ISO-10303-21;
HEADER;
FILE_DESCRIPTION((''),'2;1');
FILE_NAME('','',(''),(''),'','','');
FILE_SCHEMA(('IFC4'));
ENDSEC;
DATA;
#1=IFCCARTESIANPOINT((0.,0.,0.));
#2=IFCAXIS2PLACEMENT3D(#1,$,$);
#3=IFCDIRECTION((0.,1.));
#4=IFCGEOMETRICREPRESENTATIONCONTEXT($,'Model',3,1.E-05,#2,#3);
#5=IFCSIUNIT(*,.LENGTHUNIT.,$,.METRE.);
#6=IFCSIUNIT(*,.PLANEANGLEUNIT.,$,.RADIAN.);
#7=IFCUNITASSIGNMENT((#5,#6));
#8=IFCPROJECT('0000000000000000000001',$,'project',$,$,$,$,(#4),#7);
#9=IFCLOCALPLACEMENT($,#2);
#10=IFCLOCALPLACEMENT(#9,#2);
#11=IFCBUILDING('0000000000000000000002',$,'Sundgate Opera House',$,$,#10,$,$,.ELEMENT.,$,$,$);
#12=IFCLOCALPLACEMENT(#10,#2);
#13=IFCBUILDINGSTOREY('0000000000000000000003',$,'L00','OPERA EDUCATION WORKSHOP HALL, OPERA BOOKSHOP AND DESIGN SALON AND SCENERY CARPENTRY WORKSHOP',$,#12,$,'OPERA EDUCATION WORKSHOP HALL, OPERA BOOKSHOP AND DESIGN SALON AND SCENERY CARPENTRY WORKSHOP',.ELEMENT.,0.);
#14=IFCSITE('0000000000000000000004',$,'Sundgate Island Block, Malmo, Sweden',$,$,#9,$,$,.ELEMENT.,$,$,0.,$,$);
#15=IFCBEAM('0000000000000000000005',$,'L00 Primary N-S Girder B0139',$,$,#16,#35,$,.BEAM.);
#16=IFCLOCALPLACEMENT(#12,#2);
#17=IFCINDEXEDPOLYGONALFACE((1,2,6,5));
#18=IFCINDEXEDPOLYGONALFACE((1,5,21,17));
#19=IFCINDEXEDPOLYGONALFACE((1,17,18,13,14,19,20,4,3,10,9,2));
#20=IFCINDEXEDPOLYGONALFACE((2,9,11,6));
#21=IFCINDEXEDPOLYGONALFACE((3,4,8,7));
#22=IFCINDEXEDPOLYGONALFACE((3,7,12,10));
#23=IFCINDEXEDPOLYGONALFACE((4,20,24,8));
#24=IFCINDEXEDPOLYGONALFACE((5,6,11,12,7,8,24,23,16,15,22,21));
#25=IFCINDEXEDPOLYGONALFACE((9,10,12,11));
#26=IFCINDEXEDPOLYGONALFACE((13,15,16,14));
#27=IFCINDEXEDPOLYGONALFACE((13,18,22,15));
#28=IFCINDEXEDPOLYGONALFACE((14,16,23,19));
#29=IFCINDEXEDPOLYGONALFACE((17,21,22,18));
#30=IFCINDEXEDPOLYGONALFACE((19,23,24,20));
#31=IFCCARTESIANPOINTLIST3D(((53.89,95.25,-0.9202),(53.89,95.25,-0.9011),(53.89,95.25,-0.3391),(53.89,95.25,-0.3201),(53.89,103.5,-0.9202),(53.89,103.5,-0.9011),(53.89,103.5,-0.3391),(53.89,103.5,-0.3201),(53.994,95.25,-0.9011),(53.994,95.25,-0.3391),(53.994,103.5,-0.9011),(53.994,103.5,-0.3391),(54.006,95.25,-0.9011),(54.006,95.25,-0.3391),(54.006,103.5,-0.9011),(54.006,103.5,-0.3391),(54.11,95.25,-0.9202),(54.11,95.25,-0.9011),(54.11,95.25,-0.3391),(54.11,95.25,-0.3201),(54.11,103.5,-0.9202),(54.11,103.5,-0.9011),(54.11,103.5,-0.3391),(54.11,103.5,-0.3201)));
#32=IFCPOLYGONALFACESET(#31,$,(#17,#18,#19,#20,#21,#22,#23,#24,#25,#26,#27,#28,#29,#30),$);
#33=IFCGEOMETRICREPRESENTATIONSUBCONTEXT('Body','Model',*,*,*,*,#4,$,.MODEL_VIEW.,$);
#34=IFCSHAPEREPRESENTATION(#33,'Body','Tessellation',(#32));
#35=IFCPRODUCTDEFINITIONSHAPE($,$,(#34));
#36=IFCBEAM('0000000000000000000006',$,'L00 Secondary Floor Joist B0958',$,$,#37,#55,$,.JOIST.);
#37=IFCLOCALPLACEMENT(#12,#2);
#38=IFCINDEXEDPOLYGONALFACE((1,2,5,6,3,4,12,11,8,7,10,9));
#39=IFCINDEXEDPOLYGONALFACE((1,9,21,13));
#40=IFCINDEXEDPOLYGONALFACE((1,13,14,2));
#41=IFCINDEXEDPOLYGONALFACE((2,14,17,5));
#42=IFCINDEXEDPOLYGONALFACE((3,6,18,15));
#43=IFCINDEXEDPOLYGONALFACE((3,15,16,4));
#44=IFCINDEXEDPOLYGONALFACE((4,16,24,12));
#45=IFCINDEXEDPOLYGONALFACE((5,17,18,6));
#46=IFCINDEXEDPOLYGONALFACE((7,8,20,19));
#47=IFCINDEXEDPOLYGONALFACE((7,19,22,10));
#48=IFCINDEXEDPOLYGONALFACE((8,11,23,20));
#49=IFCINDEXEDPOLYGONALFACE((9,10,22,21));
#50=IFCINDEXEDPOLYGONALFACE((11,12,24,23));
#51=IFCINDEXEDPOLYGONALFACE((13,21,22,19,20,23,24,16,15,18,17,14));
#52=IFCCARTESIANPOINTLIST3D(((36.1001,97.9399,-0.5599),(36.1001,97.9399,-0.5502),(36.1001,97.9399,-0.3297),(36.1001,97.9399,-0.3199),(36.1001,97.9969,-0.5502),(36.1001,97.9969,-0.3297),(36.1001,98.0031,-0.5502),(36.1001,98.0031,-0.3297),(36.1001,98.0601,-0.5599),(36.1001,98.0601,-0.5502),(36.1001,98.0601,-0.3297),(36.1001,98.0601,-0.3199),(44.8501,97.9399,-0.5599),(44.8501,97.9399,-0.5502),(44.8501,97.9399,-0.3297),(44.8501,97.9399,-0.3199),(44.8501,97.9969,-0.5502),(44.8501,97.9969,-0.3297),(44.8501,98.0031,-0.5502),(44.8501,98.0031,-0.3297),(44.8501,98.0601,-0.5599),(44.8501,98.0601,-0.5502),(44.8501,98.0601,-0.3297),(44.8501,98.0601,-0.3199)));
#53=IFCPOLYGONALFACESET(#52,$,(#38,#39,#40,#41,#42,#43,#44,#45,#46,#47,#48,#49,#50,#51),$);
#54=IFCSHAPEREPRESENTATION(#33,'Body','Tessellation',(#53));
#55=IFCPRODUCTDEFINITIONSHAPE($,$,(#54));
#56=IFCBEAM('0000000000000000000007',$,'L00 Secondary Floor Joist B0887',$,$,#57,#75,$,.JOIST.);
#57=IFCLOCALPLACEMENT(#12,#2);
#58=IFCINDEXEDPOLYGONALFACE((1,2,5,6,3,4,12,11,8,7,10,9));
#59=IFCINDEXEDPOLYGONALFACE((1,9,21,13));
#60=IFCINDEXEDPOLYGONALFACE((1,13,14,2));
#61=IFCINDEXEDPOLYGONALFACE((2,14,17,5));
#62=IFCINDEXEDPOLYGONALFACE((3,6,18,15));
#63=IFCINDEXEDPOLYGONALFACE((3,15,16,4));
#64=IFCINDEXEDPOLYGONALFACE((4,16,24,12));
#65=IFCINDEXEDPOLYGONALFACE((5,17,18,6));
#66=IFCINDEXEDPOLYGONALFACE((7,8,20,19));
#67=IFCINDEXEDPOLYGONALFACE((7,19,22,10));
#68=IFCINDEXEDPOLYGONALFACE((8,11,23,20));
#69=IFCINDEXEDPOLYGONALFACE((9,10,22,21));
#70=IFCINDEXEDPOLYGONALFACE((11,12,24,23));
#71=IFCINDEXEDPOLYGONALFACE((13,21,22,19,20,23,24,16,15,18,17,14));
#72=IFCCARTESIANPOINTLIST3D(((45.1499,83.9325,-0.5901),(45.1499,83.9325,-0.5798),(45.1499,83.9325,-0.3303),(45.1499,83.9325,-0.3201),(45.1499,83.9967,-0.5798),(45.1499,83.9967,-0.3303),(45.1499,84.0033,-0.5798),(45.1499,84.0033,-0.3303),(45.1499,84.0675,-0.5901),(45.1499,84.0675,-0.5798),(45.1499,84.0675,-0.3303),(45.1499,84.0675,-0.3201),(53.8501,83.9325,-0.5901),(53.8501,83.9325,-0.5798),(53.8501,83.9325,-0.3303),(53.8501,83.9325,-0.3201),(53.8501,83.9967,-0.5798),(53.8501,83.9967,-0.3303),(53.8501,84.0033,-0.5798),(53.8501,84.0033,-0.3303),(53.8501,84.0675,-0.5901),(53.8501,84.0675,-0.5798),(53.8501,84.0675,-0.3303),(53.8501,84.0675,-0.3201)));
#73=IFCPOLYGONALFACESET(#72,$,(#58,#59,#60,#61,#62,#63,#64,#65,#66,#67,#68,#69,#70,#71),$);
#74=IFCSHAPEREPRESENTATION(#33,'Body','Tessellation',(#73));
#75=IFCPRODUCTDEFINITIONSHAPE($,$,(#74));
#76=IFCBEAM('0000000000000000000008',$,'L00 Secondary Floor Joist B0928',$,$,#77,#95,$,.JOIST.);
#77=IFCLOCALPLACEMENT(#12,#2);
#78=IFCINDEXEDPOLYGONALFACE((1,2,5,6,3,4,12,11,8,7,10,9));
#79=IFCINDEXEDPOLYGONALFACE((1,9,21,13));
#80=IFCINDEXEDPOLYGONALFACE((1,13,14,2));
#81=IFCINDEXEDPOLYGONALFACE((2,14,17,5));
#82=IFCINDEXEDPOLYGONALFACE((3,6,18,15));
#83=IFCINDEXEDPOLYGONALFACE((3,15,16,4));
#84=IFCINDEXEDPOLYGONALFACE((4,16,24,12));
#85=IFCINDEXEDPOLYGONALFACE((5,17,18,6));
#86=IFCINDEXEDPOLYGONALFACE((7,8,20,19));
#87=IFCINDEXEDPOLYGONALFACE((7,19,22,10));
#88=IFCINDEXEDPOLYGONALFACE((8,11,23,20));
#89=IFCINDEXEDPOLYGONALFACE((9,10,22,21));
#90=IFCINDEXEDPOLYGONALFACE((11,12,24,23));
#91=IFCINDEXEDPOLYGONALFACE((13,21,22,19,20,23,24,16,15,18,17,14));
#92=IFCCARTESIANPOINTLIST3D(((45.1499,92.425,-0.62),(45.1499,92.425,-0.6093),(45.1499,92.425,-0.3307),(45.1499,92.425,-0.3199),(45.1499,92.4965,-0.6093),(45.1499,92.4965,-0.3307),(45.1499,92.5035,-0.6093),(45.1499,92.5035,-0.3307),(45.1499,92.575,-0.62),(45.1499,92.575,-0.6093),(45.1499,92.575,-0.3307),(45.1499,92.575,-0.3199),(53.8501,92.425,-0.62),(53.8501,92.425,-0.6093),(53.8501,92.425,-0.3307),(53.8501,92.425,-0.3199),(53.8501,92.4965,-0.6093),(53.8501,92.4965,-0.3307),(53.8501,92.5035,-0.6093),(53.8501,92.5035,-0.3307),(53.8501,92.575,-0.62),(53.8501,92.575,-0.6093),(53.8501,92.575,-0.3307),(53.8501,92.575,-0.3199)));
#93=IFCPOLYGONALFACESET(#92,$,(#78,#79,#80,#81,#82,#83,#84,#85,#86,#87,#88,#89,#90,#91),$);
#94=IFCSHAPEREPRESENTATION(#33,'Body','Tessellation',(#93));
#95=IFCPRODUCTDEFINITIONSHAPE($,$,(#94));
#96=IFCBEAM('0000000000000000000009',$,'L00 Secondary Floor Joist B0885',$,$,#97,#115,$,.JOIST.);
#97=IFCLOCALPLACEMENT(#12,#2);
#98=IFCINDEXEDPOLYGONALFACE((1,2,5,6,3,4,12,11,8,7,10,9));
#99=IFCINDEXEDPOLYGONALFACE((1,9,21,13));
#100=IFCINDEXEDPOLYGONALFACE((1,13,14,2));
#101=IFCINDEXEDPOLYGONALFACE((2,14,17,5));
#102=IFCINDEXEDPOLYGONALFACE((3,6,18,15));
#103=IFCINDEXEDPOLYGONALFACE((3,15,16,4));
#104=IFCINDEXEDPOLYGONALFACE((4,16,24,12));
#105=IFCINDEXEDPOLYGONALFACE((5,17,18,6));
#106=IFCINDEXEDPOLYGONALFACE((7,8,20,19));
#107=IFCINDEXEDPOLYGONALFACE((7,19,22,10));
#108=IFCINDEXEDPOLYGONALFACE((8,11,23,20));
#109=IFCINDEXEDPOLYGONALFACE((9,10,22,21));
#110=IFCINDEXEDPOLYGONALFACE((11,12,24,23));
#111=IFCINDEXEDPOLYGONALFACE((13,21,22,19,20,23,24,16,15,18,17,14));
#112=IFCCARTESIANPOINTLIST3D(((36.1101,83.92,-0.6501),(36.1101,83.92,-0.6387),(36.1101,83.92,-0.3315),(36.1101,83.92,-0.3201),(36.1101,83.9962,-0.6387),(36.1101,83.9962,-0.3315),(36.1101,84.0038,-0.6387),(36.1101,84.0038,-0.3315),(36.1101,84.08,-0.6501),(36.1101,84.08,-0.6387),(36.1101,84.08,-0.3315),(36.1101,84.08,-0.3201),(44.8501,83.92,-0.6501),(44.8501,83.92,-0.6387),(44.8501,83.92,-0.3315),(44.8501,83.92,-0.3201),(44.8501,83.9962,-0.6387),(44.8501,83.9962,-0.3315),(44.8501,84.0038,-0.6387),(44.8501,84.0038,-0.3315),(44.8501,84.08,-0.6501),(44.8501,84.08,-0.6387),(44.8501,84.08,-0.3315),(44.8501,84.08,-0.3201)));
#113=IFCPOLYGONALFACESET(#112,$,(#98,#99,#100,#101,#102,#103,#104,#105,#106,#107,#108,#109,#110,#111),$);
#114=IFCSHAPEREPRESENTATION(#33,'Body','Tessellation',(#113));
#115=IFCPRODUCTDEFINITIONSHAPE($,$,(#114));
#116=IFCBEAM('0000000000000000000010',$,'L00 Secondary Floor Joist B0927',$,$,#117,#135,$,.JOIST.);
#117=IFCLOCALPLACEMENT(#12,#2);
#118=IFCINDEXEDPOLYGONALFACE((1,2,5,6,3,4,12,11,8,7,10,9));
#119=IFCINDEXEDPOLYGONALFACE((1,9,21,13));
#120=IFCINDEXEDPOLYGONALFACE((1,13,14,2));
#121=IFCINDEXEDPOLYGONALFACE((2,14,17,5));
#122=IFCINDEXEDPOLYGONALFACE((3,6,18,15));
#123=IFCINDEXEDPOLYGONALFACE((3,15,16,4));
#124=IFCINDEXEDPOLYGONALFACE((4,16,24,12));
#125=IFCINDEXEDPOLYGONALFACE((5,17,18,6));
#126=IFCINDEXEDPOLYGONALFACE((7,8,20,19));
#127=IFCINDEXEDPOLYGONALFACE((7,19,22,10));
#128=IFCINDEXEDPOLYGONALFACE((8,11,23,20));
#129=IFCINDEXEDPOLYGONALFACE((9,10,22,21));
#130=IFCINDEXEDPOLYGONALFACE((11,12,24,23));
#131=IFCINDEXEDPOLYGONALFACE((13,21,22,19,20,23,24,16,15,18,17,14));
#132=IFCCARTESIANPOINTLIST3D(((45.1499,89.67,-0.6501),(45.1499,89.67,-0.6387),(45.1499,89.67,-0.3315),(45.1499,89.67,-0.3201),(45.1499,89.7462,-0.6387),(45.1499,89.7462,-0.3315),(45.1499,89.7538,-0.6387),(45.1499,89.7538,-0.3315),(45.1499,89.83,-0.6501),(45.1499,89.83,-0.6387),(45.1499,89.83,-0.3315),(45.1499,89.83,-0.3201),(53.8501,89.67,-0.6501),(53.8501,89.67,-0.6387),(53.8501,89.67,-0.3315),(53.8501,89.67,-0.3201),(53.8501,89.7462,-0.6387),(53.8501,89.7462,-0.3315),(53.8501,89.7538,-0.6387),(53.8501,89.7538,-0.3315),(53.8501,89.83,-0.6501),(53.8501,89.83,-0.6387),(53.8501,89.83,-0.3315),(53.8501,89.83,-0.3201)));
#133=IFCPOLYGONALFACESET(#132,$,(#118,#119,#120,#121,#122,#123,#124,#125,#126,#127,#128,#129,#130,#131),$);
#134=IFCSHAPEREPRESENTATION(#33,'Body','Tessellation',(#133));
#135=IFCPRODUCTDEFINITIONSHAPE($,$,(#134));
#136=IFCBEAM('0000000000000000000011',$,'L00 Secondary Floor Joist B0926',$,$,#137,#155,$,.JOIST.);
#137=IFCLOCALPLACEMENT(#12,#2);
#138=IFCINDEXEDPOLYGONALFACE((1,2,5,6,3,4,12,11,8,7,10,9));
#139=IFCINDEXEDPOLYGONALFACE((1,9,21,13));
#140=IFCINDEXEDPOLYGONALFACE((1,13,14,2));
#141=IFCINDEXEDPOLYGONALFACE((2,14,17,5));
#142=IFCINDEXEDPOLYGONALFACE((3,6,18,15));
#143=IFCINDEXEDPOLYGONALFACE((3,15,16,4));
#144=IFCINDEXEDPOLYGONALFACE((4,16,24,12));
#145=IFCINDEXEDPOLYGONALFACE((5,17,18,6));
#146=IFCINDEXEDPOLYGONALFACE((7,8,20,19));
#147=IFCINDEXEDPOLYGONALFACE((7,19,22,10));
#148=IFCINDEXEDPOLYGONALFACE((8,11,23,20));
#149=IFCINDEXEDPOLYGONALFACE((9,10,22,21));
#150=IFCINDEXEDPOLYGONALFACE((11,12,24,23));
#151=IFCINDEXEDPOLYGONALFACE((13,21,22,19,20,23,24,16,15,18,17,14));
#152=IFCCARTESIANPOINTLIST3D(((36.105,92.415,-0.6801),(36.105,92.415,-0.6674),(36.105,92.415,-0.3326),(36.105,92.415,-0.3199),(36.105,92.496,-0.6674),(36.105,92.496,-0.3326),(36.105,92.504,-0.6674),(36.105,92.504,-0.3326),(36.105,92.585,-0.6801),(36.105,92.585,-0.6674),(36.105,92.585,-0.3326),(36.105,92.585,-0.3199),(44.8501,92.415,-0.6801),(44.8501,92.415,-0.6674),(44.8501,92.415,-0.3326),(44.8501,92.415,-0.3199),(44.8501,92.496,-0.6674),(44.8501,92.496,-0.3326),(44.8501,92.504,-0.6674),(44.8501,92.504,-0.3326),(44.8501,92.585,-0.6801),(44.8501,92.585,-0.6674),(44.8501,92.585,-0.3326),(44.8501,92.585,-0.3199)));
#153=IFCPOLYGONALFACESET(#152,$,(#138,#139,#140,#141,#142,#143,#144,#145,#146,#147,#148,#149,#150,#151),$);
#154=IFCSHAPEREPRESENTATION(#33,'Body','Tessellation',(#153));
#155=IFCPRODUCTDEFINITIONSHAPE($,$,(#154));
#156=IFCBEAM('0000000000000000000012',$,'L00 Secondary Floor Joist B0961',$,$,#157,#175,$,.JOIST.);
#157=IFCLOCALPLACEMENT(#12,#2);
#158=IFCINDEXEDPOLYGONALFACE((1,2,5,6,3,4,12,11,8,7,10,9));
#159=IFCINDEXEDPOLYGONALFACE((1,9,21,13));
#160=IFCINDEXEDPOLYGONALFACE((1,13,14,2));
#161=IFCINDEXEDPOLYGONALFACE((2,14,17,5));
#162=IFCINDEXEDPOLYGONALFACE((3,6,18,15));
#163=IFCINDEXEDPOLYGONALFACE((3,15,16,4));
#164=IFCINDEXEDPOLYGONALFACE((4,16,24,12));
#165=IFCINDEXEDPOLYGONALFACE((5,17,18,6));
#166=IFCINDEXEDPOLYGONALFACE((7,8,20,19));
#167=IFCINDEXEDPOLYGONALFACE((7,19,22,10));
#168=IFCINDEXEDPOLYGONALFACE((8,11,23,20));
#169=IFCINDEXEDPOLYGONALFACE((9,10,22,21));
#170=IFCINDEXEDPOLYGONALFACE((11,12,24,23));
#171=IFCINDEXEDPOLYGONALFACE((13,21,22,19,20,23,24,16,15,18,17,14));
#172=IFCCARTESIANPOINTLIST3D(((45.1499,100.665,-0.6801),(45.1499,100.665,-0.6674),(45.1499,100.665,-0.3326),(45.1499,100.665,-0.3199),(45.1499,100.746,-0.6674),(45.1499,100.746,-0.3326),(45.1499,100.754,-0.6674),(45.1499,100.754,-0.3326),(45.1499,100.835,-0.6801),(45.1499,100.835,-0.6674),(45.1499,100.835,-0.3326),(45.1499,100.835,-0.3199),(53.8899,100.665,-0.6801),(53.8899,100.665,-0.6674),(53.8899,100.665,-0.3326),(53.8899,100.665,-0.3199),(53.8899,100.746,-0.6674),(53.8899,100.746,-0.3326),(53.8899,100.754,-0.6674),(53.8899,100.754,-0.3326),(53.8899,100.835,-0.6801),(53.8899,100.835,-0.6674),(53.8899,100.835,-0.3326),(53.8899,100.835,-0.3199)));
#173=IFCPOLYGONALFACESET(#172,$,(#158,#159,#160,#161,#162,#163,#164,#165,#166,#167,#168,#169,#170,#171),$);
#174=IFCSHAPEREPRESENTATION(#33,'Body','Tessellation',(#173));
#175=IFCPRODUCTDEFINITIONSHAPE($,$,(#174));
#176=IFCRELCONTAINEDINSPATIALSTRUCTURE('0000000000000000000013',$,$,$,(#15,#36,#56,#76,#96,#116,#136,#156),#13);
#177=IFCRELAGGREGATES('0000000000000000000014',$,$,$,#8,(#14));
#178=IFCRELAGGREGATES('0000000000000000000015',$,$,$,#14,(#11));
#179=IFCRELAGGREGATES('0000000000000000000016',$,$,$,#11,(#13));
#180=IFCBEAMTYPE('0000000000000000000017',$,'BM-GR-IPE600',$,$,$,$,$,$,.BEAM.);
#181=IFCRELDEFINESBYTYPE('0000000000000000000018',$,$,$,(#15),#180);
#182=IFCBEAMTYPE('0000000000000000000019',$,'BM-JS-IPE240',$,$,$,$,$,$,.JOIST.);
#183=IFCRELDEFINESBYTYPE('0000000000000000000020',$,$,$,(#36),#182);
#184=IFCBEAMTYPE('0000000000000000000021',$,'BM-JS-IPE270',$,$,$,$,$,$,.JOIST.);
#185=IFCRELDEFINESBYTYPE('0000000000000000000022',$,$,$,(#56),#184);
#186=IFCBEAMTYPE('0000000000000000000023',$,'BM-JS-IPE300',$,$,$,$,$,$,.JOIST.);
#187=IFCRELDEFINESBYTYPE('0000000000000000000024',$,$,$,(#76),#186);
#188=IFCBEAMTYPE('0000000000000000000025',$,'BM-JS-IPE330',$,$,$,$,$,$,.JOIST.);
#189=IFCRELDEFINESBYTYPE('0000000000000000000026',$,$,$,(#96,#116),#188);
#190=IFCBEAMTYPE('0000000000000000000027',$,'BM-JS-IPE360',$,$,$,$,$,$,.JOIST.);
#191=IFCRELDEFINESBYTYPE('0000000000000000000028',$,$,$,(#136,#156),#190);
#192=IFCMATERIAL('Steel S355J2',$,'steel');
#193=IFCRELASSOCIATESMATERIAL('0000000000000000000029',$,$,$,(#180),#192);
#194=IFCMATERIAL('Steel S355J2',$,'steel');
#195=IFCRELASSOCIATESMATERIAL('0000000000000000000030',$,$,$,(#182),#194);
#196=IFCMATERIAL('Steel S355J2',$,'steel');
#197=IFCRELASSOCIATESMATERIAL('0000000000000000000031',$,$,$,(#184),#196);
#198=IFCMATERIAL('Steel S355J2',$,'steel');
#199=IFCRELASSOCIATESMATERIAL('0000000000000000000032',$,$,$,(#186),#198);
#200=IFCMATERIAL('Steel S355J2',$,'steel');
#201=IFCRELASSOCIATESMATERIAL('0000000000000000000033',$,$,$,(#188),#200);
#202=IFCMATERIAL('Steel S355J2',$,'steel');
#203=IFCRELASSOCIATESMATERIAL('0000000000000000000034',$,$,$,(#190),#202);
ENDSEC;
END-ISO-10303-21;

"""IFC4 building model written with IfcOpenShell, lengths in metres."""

from ifc_helpers import new_model, si_unit, direction, frame, origin, origin_2d, place, context, subcontext, project, spatial, i_section, extrude, material, material_profile, profile_set, type_object, element, save


model = new_model("IFC4")

# Units and contexts
model_context = context("Model", 3, precision=1e-05, world=origin(), true_north=direction((0.0, 1.0)))
body_context = subcontext(model_context, "Body", "Model", "MODEL_VIEW")
ifc_project = project(units=[si_unit("LENGTHUNIT", "METRE"), si_unit("PLANEANGLEUNIT", "RADIAN")], contexts=[model_context])

# Site, building, storey
site_placement = place(None, origin())
site = spatial("IfcSite", under=ifc_project, at=site_placement, Name="Sundgate Island Block, Malmo, Sweden", CompositionType="ELEMENT", RefElevation=0.0)
building_placement = place(site_placement, origin())
building = spatial("IfcBuilding", under=site, at=building_placement, Name="Sundgate Opera House", CompositionType="ELEMENT")
storey_placement = place(building_placement, origin())
storey = spatial("IfcBuildingStorey", under=building, at=storey_placement, Name="L00", Description="OPERA EDUCATION WORKSHOP HALL, OPERA BOOKSHOP AND DESIGN SALON AND SCENERY CARPENTRY WORKSHOP", LongName="OPERA EDUCATION WORKSHOP HALL, OPERA BOOKSHOP AND DESIGN SALON AND SCENERY CARPENTRY WORKSHOP", CompositionType="ELEMENT", Elevation=0.0)

# Beams
ifc_material_1 = material(Name="Steel S355J2", Category="steel")
ifc_material_profile_1 = material_profile(ifc_material_1, i_section(OverallWidth=0.22, OverallDepth=0.6001, WebThickness=0.012, FlangeThickness=0.019, at=origin_2d()), Name="IPE 600")
ifc_profile_set_1 = profile_set([ifc_material_profile_1], Name="Steel S355J2")
beam_type_1 = type_object("IfcBeamType", Name="BM-GR-IPE600", PredefinedType="BEAM", material=ifc_profile_set_1)
beam_1_placement = place(storey_placement, frame((54.0, 95.25, -0.6201), z_axis=(0.0, 1.0, 0.0), x_axis=(-1.0, 0.0, 0.0)))
element("IfcBeam", 1, at=beam_1_placement, inside=storey, type_object=beam_type_1, Name="L00 Primary N-S Girder B0139", PredefinedType="BEAM", context=body_context, shape_type="SweptSolid", body=[
    extrude(i_section(OverallWidth=0.22, OverallDepth=0.6001, WebThickness=0.012, FlangeThickness=0.019, at=origin_2d()), origin(), (0.0, 0.0, 1.0), 8.25),
])
ifc_material_2 = material(Name="Steel S355J2", Category="steel")
ifc_material_profile_2 = material_profile(ifc_material_2, i_section(OverallWidth=0.1201, OverallDepth=0.24, WebThickness=0.0061, FlangeThickness=0.0098, at=origin_2d()), Name="IPE 240")
ifc_profile_set_2 = profile_set([ifc_material_profile_2], Name="Steel S355J2")
beam_type_2 = type_object("IfcBeamType", Name="BM-JS-IPE240", PredefinedType="JOIST", material=ifc_profile_set_2)
beam_2_placement = place(storey_placement, frame((36.1001, 98.0, -0.4399), z_axis=(1.0, 0.0, 0.0), x_axis=(0.0, 1.0, 0.0)))
element("IfcBeam", 2, at=beam_2_placement, inside=storey, type_object=beam_type_2, Name="L00 Secondary Floor Joist B0958", PredefinedType="JOIST", context=body_context, shape_type="SweptSolid", body=[
    extrude(i_section(OverallWidth=0.1201, OverallDepth=0.24, WebThickness=0.0061, FlangeThickness=0.0098, at=origin_2d()), origin(), (0.0, 0.0, 1.0), 8.75),
])
ifc_material_3 = material(Name="Steel S355J2", Category="steel")
ifc_material_profile_3 = material_profile(ifc_material_3, i_section(OverallWidth=0.135, OverallDepth=0.27, WebThickness=0.0066, FlangeThickness=0.0103, at=origin_2d()), Name="IPE 270")
ifc_profile_set_3 = profile_set([ifc_material_profile_3], Name="Steel S355J2")
beam_type_3 = type_object("IfcBeamType", Name="BM-JS-IPE270", PredefinedType="JOIST", material=ifc_profile_set_3)
beam_3_placement = place(storey_placement, frame((45.1499, 84.0, -0.4551), z_axis=(1.0, 0.0, 0.0), x_axis=(0.0, 1.0, 0.0)))
element("IfcBeam", 3, at=beam_3_placement, inside=storey, type_object=beam_type_3, Name="L00 Secondary Floor Joist B0887", PredefinedType="JOIST", context=body_context, shape_type="SweptSolid", body=[
    extrude(i_section(OverallWidth=0.135, OverallDepth=0.27, WebThickness=0.0066, FlangeThickness=0.0103, at=origin_2d()), origin(), (0.0, 0.0, 1.0), 8.7002),
])
ifc_material_4 = material(Name="Steel S355J2", Category="steel")
ifc_material_profile_4 = material_profile(ifc_material_4, i_section(OverallWidth=0.1499, OverallDepth=0.3, WebThickness=0.0071, FlangeThickness=0.0107, at=origin_2d()), Name="IPE 300")
ifc_profile_set_4 = profile_set([ifc_material_profile_4], Name="Steel S355J2")
beam_type_4 = type_object("IfcBeamType", Name="BM-JS-IPE300", PredefinedType="JOIST", material=ifc_profile_set_4)
beam_4_placement = place(storey_placement, frame((45.1499, 92.5, -0.47), z_axis=(1.0, 0.0, 0.0), x_axis=(0.0, 1.0, 0.0)))
element("IfcBeam", 4, at=beam_4_placement, inside=storey, type_object=beam_type_4, Name="L00 Secondary Floor Joist B0928", PredefinedType="JOIST", context=body_context, shape_type="SweptSolid", body=[
    extrude(i_section(OverallWidth=0.1499, OverallDepth=0.3, WebThickness=0.0071, FlangeThickness=0.0107, at=origin_2d()), origin(), (0.0, 0.0, 1.0), 8.7002),
])
ifc_material_5 = material(Name="Steel S355J2", Category="steel")
ifc_material_profile_5 = material_profile(ifc_material_5, i_section(OverallWidth=0.1599, OverallDepth=0.3301, WebThickness=0.0076, FlangeThickness=0.0115, at=origin_2d()), Name="IPE 330")
ifc_profile_set_5 = profile_set([ifc_material_profile_5], Name="Steel S355J2")
beam_type_5 = type_object("IfcBeamType", Name="BM-JS-IPE330", PredefinedType="JOIST", material=ifc_profile_set_5)
beam_5_placement = place(storey_placement, frame((36.1101, 84.0, -0.4851), z_axis=(1.0, 0.0, 0.0), x_axis=(0.0, 1.0, 0.0)))
element("IfcBeam", 5, at=beam_5_placement, inside=storey, type_object=beam_type_5, Name="L00 Secondary Floor Joist B0885", PredefinedType="JOIST", context=body_context, shape_type="SweptSolid", body=[
    extrude(i_section(OverallWidth=0.1599, OverallDepth=0.3301, WebThickness=0.0076, FlangeThickness=0.0115, at=origin_2d()), origin(), (0.0, 0.0, 1.0), 8.74),
])
beam_6_placement = place(storey_placement, frame((45.1499, 89.75, -0.4851), z_axis=(1.0, 0.0, 0.0), x_axis=(0.0, 1.0, 0.0)))
element("IfcBeam", 6, at=beam_6_placement, inside=storey, type_object=beam_type_5, Name="L00 Secondary Floor Joist B0927", PredefinedType="JOIST", context=body_context, shape_type="SweptSolid", body=[
    extrude(i_section(OverallWidth=0.1599, OverallDepth=0.3301, WebThickness=0.0076, FlangeThickness=0.0115, at=origin_2d()), origin(), (0.0, 0.0, 1.0), 8.7002),
])
ifc_material_6 = material(Name="Steel S355J2", Category="steel")
ifc_material_profile_6 = material_profile(ifc_material_6, i_section(OverallWidth=0.1699, OverallDepth=0.3601, WebThickness=0.0081, FlangeThickness=0.0127, at=origin_2d()), Name="IPE 360")
ifc_profile_set_6 = profile_set([ifc_material_profile_6], Name="Steel S355J2")
beam_type_6 = type_object("IfcBeamType", Name="BM-JS-IPE360", PredefinedType="JOIST", material=ifc_profile_set_6)
beam_7_placement = place(storey_placement, frame((36.105, 92.5, -0.5), z_axis=(1.0, 0.0, 0.0), x_axis=(0.0, 1.0, 0.0)))
element("IfcBeam", 7, at=beam_7_placement, inside=storey, type_object=beam_type_6, Name="L00 Secondary Floor Joist B0926", PredefinedType="JOIST", context=body_context, shape_type="SweptSolid", body=[
    extrude(i_section(OverallWidth=0.1699, OverallDepth=0.3601, WebThickness=0.0081, FlangeThickness=0.0127, at=origin_2d()), origin(), (0.0, 0.0, 1.0), 8.7451),
])
beam_8_placement = place(storey_placement, frame((45.1499, 100.75, -0.5), z_axis=(1.0, 0.0, 0.0), x_axis=(0.0, 1.0, 0.0)))
element("IfcBeam", 8, at=beam_8_placement, inside=storey, type_object=beam_type_6, Name="L00 Secondary Floor Joist B0961", PredefinedType="JOIST", context=body_context, shape_type="SweptSolid", body=[
    extrude(i_section(OverallWidth=0.1699, OverallDepth=0.3601, WebThickness=0.0081, FlangeThickness=0.0127, at=origin_2d()), origin(), (0.0, 0.0, 1.0), 8.74),
])

save(model, "model.ifc")
